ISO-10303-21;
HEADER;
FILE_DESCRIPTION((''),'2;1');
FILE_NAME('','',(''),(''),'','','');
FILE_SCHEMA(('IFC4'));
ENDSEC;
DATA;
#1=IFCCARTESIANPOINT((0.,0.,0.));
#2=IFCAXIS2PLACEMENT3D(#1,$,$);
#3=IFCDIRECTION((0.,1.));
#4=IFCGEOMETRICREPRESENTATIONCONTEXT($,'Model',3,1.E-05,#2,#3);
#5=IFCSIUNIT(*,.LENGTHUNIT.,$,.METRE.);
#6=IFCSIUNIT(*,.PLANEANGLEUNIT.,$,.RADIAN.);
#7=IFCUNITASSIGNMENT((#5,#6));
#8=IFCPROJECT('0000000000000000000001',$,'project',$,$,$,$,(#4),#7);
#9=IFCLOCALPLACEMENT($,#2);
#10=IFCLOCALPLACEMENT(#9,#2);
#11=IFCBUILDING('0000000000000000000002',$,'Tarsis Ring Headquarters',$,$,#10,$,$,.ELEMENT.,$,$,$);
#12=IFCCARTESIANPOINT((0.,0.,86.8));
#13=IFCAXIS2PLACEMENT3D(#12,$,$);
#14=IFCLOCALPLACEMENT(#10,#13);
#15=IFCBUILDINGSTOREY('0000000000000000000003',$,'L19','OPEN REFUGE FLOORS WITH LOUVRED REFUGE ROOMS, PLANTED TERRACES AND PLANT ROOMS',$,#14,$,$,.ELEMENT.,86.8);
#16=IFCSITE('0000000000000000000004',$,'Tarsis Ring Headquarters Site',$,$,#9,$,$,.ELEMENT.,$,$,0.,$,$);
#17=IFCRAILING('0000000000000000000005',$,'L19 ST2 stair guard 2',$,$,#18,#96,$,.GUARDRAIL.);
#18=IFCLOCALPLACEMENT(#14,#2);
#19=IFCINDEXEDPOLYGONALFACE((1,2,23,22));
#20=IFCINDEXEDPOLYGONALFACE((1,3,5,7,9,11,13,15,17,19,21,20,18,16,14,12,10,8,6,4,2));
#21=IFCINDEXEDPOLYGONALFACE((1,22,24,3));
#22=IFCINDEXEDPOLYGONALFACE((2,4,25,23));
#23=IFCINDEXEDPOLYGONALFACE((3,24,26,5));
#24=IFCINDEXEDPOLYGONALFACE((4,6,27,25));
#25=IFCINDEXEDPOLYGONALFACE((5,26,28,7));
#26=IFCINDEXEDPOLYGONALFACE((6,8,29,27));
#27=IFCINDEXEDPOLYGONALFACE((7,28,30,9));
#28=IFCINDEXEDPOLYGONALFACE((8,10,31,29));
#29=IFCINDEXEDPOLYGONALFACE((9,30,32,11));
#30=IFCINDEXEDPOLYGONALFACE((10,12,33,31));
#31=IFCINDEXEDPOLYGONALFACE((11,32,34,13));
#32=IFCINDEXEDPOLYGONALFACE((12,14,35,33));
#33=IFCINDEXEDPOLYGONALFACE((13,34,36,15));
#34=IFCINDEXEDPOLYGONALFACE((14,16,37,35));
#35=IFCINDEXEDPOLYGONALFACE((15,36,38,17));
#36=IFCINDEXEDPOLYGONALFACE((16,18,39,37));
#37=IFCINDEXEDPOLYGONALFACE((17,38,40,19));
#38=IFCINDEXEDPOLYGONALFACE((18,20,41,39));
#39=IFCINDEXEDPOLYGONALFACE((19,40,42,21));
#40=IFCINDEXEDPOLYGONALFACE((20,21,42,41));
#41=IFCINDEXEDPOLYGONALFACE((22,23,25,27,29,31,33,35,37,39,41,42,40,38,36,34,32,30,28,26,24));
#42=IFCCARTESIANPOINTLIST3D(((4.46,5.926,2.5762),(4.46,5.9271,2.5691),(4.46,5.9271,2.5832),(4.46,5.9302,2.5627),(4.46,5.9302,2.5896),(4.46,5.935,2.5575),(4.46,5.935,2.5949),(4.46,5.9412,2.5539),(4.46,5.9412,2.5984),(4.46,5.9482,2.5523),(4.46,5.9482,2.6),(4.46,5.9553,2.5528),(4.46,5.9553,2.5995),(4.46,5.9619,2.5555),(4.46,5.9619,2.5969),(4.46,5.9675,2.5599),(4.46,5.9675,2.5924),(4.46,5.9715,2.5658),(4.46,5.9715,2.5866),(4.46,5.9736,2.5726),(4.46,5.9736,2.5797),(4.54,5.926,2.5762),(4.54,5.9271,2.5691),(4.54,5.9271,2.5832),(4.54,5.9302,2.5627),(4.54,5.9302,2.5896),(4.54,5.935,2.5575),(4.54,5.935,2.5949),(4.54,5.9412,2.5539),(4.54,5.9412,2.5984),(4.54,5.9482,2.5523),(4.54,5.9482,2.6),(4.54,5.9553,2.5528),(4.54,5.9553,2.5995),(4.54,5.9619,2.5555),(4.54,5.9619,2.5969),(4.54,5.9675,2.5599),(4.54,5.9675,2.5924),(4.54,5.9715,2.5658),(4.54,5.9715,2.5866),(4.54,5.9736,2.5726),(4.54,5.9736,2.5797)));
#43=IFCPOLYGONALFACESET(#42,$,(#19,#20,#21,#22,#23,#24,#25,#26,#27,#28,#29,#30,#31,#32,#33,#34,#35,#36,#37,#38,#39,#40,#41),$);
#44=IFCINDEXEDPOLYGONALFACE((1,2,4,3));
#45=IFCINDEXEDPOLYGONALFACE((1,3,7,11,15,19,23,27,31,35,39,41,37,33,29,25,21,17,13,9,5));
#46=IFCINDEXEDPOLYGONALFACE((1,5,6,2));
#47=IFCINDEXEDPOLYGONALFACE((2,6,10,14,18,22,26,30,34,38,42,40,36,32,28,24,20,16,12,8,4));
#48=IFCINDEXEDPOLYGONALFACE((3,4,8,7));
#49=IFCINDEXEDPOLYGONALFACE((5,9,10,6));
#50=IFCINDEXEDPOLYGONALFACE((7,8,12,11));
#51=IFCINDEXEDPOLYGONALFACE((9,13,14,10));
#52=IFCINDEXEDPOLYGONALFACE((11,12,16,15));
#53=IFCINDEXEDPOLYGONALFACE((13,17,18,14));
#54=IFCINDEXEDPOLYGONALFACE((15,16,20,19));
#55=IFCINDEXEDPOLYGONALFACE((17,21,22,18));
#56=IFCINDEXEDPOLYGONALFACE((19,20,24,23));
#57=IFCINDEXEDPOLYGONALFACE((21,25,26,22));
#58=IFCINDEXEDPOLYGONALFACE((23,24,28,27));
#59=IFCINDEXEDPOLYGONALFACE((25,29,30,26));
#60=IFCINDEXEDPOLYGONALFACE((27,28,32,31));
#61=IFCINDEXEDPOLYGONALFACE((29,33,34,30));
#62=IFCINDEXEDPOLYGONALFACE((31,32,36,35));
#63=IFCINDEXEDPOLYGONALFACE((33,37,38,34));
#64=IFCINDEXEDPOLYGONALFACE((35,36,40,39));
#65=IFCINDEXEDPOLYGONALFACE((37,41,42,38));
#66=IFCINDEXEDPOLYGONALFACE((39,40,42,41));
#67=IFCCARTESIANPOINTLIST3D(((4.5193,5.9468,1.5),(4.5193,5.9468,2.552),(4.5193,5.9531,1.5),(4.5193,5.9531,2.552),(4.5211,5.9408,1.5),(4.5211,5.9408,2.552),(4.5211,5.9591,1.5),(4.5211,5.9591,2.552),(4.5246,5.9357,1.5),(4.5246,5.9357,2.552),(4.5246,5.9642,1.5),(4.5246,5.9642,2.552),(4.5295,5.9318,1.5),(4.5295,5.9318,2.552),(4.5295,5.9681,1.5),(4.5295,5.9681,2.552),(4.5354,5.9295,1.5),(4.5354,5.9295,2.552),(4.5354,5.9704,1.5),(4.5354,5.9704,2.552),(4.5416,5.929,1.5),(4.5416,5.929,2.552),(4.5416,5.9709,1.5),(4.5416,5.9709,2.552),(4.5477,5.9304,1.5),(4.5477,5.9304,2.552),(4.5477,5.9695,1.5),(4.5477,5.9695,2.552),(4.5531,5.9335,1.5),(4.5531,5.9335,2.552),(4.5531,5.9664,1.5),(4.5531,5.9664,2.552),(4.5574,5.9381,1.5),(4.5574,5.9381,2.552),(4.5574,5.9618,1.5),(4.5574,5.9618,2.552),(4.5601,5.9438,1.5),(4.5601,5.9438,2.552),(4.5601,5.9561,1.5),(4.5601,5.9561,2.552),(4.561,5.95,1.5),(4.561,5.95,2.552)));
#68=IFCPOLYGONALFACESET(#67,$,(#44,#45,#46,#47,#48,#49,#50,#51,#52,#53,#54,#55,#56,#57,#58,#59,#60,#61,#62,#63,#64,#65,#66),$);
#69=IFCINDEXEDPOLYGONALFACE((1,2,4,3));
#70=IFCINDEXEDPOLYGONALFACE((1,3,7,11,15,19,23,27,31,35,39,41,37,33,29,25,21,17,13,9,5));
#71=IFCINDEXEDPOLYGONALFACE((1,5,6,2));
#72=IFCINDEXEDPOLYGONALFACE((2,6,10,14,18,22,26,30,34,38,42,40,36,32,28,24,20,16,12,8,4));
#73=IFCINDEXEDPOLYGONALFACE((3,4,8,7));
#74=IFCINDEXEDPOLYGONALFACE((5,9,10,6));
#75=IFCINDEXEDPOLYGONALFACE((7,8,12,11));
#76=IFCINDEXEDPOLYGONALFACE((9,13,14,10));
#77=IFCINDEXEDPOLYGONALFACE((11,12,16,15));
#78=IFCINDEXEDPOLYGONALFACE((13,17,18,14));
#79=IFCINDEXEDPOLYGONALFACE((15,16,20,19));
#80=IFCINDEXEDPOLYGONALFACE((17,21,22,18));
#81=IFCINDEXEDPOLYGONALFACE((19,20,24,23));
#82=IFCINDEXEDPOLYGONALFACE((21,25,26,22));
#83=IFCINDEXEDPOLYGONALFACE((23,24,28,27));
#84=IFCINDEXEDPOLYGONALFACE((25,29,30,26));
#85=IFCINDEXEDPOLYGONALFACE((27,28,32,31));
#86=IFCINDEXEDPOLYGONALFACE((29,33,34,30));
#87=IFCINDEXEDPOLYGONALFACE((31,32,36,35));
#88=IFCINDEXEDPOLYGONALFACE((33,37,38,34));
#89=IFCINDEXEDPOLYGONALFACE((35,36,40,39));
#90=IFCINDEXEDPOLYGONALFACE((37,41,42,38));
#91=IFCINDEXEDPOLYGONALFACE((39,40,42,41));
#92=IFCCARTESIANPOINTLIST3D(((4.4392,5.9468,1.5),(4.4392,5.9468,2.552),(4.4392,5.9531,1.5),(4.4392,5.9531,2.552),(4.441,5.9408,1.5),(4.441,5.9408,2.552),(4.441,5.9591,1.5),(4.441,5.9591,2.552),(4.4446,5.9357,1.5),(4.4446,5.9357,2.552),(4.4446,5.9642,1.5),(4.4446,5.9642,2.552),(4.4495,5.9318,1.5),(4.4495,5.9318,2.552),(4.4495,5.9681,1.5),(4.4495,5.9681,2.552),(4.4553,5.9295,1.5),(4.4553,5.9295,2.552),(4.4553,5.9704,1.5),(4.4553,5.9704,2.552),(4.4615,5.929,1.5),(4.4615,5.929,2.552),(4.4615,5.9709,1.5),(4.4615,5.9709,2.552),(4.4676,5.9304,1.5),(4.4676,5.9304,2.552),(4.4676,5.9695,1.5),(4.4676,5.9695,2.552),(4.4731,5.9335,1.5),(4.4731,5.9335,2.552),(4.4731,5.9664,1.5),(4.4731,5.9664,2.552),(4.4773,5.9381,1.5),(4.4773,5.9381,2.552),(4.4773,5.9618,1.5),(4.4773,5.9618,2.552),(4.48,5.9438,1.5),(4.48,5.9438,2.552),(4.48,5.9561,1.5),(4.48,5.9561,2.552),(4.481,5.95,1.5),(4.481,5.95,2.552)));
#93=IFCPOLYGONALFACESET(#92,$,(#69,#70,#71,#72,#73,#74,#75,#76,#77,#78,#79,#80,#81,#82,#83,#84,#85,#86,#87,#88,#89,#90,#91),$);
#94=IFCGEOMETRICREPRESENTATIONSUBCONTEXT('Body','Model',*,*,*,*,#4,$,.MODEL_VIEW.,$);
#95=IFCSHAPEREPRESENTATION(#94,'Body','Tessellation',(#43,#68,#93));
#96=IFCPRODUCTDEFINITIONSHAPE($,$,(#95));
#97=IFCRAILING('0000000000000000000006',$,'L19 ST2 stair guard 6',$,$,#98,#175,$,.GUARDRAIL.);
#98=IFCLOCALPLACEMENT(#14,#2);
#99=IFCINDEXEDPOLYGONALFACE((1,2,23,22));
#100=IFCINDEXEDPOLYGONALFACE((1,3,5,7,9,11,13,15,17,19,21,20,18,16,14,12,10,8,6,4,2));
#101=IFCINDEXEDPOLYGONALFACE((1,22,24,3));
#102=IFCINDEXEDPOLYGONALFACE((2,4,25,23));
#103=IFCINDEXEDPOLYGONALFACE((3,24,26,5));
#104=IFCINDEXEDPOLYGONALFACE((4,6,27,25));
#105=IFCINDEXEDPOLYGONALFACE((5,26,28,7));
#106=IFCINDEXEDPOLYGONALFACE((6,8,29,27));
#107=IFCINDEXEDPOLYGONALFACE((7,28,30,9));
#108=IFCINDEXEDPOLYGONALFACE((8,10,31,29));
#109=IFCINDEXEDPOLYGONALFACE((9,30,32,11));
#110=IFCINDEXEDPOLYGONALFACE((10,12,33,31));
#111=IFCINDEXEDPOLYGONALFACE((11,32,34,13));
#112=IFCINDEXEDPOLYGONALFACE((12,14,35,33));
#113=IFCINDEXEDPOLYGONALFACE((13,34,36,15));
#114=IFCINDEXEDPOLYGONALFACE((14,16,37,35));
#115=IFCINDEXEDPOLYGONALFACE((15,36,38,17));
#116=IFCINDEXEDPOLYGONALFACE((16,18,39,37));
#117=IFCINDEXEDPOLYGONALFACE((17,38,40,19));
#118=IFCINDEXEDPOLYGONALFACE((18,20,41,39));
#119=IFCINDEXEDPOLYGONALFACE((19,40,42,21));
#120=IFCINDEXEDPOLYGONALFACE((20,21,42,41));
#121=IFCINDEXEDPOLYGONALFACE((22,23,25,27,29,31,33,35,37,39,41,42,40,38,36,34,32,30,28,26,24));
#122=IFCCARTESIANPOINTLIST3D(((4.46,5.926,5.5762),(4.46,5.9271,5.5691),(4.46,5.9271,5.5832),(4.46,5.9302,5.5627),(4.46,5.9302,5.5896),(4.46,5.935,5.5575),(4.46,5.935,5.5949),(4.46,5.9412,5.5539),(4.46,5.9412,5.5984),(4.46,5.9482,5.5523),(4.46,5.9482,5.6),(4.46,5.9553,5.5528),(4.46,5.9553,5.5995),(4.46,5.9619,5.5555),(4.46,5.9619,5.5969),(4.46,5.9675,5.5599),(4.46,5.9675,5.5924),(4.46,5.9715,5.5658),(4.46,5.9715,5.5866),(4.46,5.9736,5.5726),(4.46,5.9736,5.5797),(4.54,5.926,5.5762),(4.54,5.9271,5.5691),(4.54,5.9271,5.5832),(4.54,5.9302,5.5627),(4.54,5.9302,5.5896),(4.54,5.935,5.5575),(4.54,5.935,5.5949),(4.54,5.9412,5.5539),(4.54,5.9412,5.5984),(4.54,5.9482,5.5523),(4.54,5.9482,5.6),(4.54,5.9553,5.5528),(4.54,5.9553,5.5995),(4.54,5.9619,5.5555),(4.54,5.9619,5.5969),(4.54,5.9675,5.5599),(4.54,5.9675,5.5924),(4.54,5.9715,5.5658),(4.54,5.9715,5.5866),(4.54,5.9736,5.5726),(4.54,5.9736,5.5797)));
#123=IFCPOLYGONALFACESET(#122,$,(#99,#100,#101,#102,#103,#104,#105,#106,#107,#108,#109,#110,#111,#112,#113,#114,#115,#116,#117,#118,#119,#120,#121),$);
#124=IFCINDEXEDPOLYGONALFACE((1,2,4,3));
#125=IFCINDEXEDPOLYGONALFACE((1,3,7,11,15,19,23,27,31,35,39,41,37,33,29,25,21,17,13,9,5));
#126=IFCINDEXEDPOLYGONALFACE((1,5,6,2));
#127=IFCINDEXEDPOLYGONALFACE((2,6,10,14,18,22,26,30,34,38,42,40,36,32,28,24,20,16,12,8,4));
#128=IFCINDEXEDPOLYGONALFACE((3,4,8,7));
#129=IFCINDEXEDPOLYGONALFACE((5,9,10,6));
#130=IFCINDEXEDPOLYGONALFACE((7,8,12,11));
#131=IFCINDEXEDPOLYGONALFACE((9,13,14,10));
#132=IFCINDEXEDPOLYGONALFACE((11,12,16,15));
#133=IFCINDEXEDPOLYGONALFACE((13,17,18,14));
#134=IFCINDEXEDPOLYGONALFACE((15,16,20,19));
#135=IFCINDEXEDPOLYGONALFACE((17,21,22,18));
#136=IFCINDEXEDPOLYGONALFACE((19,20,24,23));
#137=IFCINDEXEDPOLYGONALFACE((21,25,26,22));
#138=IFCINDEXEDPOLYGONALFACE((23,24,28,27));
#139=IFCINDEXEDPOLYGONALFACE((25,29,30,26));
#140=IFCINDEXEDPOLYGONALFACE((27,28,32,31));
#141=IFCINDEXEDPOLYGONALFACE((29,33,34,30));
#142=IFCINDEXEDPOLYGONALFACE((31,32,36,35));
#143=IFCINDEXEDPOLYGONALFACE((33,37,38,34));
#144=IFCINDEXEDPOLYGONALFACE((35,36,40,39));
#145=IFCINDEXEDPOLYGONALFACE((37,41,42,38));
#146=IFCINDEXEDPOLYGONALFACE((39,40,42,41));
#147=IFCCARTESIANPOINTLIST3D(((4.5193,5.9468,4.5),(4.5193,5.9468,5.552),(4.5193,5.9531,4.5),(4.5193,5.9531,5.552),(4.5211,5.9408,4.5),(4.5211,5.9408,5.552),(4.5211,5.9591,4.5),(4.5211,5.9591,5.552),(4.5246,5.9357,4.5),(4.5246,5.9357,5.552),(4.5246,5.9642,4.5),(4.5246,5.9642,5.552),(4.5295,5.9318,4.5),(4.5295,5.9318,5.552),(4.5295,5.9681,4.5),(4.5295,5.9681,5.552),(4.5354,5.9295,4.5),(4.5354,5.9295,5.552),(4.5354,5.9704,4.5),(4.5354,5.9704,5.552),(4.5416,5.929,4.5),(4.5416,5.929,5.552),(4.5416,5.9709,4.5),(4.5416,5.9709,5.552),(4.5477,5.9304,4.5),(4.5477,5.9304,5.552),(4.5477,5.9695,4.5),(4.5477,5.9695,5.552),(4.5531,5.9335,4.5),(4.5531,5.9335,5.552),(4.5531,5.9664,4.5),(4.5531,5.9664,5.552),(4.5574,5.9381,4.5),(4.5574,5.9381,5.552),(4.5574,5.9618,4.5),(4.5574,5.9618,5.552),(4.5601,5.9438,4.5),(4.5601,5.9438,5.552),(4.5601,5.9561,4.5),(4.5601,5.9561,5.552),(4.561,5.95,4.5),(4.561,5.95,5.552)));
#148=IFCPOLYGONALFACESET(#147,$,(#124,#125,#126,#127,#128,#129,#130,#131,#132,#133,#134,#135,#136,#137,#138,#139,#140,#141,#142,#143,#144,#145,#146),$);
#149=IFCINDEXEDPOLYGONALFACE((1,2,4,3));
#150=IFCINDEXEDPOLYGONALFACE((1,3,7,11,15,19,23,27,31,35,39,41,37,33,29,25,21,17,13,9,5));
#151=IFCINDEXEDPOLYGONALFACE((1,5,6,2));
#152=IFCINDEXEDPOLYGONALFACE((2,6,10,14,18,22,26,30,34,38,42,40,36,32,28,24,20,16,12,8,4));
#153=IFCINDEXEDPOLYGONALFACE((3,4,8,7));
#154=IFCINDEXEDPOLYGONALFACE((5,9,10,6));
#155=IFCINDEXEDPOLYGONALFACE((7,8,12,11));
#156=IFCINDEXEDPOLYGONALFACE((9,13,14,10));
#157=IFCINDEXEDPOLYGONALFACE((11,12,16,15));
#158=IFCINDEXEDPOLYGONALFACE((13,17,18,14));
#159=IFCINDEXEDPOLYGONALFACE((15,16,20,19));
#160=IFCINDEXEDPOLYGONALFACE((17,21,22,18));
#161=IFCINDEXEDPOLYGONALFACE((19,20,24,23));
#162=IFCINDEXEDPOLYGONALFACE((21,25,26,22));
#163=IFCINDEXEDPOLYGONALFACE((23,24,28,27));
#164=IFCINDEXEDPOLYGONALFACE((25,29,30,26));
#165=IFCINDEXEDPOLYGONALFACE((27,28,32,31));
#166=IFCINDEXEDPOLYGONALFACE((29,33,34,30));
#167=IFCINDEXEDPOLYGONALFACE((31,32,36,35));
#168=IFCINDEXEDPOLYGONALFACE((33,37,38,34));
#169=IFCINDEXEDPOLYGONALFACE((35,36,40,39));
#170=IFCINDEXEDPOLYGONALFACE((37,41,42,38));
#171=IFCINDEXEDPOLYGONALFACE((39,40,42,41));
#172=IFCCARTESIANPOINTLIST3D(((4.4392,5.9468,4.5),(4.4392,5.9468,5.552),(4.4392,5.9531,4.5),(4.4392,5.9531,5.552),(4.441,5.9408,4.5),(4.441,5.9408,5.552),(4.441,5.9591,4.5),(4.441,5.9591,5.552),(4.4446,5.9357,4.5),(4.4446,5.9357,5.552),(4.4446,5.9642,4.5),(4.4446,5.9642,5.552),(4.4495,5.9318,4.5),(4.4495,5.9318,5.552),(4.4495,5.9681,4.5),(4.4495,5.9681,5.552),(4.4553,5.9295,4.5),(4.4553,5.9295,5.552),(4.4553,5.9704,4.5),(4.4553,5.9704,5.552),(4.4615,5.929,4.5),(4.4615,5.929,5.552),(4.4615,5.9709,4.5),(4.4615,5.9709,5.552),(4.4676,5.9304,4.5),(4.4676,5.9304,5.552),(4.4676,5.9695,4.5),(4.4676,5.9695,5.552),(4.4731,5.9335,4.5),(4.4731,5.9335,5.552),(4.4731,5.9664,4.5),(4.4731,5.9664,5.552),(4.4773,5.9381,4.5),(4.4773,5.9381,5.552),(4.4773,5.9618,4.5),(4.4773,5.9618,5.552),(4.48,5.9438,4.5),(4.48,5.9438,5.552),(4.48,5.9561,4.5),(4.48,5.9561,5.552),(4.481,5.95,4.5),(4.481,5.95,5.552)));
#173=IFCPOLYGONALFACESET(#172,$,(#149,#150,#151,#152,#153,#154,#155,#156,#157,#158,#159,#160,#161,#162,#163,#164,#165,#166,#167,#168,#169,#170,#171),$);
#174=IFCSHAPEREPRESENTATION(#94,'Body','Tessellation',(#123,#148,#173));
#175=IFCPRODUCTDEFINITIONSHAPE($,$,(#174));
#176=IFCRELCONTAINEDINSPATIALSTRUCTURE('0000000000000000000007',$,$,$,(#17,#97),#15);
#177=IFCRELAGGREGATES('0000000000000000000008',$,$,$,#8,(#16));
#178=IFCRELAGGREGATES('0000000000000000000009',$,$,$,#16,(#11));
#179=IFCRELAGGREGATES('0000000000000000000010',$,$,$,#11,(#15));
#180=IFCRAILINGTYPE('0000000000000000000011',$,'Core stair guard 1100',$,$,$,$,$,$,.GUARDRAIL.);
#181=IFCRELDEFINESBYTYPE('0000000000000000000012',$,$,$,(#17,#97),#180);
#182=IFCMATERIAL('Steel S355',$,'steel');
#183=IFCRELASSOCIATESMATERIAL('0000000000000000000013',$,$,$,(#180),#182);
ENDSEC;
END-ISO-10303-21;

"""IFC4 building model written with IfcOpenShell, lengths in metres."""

from ifc_helpers import new_model, si_unit, direction, frame, origin, origin_2d, place, context, subcontext, project, spatial, circle, extrude, material, type_object, element, save


model = new_model("IFC4")

# Units and contexts
model_context = context("Model", 3, precision=1e-05, world=origin(), true_north=direction((0.0, 1.0)))
body_context = subcontext(model_context, "Body", "Model", "MODEL_VIEW")
ifc_project = project(units=[si_unit("LENGTHUNIT", "METRE"), si_unit("PLANEANGLEUNIT", "RADIAN")], contexts=[model_context])

# Site, building, storey
site_placement = place(None, origin())
site = spatial("IfcSite", under=ifc_project, at=site_placement, Name="Tarsis Ring Headquarters Site", CompositionType="ELEMENT", RefElevation=0.0)
building_placement = place(site_placement, origin())
building = spatial("IfcBuilding", under=site, at=building_placement, Name="Tarsis Ring Headquarters", CompositionType="ELEMENT")
storey_placement = place(building_placement, frame((0.0, 0.0, 86.8)))
storey = spatial("IfcBuildingStorey", under=building, at=storey_placement, Name="L19", Description="OPEN REFUGE FLOORS WITH LOUVRED REFUGE ROOMS, PLANTED TERRACES AND PLANT ROOMS", CompositionType="ELEMENT", Elevation=86.8)

# Railings
ifc_material_1 = material(Name="Steel S355", Category="steel")
railing_type_1 = type_object("IfcRailingType", Name="Core stair guard 1100", PredefinedType="GUARDRAIL", material=ifc_material_1)
for number, where, name in (
    (1, (4.54, 5.95, 1.5), "L19 ST2 stair guard 2"),
    (2, (4.54, 5.95, 4.5), "L19 ST2 stair guard 6"),
):
    element("IfcRailing", number, at=place(storey_placement, frame(where)), inside=storey, type_object=railing_type_1, Name=name, PredefinedType="GUARDRAIL", context=body_context, shape_type="SweptSolid", body=[
        extrude(circle(Radius=0.0239, at=origin_2d()), frame((0.0, 0.0, 1.0762), z_axis=(-1.0, 0.0, 0.0), x_axis=(0.0, -1.0, 0.0)), (0.0, 0.0, 1.0), 0.0801),
        extrude(circle(Radius=0.021, at=origin_2d()), origin(), (0.0, 0.0, 1.0), 1.052),
        extrude(circle(Radius=0.021, at=origin_2d()), frame((-0.0801, 0.0, 0.0)), (0.0, 0.0, 1.0), 1.052),
    ])

save(model, "model.ifc")
